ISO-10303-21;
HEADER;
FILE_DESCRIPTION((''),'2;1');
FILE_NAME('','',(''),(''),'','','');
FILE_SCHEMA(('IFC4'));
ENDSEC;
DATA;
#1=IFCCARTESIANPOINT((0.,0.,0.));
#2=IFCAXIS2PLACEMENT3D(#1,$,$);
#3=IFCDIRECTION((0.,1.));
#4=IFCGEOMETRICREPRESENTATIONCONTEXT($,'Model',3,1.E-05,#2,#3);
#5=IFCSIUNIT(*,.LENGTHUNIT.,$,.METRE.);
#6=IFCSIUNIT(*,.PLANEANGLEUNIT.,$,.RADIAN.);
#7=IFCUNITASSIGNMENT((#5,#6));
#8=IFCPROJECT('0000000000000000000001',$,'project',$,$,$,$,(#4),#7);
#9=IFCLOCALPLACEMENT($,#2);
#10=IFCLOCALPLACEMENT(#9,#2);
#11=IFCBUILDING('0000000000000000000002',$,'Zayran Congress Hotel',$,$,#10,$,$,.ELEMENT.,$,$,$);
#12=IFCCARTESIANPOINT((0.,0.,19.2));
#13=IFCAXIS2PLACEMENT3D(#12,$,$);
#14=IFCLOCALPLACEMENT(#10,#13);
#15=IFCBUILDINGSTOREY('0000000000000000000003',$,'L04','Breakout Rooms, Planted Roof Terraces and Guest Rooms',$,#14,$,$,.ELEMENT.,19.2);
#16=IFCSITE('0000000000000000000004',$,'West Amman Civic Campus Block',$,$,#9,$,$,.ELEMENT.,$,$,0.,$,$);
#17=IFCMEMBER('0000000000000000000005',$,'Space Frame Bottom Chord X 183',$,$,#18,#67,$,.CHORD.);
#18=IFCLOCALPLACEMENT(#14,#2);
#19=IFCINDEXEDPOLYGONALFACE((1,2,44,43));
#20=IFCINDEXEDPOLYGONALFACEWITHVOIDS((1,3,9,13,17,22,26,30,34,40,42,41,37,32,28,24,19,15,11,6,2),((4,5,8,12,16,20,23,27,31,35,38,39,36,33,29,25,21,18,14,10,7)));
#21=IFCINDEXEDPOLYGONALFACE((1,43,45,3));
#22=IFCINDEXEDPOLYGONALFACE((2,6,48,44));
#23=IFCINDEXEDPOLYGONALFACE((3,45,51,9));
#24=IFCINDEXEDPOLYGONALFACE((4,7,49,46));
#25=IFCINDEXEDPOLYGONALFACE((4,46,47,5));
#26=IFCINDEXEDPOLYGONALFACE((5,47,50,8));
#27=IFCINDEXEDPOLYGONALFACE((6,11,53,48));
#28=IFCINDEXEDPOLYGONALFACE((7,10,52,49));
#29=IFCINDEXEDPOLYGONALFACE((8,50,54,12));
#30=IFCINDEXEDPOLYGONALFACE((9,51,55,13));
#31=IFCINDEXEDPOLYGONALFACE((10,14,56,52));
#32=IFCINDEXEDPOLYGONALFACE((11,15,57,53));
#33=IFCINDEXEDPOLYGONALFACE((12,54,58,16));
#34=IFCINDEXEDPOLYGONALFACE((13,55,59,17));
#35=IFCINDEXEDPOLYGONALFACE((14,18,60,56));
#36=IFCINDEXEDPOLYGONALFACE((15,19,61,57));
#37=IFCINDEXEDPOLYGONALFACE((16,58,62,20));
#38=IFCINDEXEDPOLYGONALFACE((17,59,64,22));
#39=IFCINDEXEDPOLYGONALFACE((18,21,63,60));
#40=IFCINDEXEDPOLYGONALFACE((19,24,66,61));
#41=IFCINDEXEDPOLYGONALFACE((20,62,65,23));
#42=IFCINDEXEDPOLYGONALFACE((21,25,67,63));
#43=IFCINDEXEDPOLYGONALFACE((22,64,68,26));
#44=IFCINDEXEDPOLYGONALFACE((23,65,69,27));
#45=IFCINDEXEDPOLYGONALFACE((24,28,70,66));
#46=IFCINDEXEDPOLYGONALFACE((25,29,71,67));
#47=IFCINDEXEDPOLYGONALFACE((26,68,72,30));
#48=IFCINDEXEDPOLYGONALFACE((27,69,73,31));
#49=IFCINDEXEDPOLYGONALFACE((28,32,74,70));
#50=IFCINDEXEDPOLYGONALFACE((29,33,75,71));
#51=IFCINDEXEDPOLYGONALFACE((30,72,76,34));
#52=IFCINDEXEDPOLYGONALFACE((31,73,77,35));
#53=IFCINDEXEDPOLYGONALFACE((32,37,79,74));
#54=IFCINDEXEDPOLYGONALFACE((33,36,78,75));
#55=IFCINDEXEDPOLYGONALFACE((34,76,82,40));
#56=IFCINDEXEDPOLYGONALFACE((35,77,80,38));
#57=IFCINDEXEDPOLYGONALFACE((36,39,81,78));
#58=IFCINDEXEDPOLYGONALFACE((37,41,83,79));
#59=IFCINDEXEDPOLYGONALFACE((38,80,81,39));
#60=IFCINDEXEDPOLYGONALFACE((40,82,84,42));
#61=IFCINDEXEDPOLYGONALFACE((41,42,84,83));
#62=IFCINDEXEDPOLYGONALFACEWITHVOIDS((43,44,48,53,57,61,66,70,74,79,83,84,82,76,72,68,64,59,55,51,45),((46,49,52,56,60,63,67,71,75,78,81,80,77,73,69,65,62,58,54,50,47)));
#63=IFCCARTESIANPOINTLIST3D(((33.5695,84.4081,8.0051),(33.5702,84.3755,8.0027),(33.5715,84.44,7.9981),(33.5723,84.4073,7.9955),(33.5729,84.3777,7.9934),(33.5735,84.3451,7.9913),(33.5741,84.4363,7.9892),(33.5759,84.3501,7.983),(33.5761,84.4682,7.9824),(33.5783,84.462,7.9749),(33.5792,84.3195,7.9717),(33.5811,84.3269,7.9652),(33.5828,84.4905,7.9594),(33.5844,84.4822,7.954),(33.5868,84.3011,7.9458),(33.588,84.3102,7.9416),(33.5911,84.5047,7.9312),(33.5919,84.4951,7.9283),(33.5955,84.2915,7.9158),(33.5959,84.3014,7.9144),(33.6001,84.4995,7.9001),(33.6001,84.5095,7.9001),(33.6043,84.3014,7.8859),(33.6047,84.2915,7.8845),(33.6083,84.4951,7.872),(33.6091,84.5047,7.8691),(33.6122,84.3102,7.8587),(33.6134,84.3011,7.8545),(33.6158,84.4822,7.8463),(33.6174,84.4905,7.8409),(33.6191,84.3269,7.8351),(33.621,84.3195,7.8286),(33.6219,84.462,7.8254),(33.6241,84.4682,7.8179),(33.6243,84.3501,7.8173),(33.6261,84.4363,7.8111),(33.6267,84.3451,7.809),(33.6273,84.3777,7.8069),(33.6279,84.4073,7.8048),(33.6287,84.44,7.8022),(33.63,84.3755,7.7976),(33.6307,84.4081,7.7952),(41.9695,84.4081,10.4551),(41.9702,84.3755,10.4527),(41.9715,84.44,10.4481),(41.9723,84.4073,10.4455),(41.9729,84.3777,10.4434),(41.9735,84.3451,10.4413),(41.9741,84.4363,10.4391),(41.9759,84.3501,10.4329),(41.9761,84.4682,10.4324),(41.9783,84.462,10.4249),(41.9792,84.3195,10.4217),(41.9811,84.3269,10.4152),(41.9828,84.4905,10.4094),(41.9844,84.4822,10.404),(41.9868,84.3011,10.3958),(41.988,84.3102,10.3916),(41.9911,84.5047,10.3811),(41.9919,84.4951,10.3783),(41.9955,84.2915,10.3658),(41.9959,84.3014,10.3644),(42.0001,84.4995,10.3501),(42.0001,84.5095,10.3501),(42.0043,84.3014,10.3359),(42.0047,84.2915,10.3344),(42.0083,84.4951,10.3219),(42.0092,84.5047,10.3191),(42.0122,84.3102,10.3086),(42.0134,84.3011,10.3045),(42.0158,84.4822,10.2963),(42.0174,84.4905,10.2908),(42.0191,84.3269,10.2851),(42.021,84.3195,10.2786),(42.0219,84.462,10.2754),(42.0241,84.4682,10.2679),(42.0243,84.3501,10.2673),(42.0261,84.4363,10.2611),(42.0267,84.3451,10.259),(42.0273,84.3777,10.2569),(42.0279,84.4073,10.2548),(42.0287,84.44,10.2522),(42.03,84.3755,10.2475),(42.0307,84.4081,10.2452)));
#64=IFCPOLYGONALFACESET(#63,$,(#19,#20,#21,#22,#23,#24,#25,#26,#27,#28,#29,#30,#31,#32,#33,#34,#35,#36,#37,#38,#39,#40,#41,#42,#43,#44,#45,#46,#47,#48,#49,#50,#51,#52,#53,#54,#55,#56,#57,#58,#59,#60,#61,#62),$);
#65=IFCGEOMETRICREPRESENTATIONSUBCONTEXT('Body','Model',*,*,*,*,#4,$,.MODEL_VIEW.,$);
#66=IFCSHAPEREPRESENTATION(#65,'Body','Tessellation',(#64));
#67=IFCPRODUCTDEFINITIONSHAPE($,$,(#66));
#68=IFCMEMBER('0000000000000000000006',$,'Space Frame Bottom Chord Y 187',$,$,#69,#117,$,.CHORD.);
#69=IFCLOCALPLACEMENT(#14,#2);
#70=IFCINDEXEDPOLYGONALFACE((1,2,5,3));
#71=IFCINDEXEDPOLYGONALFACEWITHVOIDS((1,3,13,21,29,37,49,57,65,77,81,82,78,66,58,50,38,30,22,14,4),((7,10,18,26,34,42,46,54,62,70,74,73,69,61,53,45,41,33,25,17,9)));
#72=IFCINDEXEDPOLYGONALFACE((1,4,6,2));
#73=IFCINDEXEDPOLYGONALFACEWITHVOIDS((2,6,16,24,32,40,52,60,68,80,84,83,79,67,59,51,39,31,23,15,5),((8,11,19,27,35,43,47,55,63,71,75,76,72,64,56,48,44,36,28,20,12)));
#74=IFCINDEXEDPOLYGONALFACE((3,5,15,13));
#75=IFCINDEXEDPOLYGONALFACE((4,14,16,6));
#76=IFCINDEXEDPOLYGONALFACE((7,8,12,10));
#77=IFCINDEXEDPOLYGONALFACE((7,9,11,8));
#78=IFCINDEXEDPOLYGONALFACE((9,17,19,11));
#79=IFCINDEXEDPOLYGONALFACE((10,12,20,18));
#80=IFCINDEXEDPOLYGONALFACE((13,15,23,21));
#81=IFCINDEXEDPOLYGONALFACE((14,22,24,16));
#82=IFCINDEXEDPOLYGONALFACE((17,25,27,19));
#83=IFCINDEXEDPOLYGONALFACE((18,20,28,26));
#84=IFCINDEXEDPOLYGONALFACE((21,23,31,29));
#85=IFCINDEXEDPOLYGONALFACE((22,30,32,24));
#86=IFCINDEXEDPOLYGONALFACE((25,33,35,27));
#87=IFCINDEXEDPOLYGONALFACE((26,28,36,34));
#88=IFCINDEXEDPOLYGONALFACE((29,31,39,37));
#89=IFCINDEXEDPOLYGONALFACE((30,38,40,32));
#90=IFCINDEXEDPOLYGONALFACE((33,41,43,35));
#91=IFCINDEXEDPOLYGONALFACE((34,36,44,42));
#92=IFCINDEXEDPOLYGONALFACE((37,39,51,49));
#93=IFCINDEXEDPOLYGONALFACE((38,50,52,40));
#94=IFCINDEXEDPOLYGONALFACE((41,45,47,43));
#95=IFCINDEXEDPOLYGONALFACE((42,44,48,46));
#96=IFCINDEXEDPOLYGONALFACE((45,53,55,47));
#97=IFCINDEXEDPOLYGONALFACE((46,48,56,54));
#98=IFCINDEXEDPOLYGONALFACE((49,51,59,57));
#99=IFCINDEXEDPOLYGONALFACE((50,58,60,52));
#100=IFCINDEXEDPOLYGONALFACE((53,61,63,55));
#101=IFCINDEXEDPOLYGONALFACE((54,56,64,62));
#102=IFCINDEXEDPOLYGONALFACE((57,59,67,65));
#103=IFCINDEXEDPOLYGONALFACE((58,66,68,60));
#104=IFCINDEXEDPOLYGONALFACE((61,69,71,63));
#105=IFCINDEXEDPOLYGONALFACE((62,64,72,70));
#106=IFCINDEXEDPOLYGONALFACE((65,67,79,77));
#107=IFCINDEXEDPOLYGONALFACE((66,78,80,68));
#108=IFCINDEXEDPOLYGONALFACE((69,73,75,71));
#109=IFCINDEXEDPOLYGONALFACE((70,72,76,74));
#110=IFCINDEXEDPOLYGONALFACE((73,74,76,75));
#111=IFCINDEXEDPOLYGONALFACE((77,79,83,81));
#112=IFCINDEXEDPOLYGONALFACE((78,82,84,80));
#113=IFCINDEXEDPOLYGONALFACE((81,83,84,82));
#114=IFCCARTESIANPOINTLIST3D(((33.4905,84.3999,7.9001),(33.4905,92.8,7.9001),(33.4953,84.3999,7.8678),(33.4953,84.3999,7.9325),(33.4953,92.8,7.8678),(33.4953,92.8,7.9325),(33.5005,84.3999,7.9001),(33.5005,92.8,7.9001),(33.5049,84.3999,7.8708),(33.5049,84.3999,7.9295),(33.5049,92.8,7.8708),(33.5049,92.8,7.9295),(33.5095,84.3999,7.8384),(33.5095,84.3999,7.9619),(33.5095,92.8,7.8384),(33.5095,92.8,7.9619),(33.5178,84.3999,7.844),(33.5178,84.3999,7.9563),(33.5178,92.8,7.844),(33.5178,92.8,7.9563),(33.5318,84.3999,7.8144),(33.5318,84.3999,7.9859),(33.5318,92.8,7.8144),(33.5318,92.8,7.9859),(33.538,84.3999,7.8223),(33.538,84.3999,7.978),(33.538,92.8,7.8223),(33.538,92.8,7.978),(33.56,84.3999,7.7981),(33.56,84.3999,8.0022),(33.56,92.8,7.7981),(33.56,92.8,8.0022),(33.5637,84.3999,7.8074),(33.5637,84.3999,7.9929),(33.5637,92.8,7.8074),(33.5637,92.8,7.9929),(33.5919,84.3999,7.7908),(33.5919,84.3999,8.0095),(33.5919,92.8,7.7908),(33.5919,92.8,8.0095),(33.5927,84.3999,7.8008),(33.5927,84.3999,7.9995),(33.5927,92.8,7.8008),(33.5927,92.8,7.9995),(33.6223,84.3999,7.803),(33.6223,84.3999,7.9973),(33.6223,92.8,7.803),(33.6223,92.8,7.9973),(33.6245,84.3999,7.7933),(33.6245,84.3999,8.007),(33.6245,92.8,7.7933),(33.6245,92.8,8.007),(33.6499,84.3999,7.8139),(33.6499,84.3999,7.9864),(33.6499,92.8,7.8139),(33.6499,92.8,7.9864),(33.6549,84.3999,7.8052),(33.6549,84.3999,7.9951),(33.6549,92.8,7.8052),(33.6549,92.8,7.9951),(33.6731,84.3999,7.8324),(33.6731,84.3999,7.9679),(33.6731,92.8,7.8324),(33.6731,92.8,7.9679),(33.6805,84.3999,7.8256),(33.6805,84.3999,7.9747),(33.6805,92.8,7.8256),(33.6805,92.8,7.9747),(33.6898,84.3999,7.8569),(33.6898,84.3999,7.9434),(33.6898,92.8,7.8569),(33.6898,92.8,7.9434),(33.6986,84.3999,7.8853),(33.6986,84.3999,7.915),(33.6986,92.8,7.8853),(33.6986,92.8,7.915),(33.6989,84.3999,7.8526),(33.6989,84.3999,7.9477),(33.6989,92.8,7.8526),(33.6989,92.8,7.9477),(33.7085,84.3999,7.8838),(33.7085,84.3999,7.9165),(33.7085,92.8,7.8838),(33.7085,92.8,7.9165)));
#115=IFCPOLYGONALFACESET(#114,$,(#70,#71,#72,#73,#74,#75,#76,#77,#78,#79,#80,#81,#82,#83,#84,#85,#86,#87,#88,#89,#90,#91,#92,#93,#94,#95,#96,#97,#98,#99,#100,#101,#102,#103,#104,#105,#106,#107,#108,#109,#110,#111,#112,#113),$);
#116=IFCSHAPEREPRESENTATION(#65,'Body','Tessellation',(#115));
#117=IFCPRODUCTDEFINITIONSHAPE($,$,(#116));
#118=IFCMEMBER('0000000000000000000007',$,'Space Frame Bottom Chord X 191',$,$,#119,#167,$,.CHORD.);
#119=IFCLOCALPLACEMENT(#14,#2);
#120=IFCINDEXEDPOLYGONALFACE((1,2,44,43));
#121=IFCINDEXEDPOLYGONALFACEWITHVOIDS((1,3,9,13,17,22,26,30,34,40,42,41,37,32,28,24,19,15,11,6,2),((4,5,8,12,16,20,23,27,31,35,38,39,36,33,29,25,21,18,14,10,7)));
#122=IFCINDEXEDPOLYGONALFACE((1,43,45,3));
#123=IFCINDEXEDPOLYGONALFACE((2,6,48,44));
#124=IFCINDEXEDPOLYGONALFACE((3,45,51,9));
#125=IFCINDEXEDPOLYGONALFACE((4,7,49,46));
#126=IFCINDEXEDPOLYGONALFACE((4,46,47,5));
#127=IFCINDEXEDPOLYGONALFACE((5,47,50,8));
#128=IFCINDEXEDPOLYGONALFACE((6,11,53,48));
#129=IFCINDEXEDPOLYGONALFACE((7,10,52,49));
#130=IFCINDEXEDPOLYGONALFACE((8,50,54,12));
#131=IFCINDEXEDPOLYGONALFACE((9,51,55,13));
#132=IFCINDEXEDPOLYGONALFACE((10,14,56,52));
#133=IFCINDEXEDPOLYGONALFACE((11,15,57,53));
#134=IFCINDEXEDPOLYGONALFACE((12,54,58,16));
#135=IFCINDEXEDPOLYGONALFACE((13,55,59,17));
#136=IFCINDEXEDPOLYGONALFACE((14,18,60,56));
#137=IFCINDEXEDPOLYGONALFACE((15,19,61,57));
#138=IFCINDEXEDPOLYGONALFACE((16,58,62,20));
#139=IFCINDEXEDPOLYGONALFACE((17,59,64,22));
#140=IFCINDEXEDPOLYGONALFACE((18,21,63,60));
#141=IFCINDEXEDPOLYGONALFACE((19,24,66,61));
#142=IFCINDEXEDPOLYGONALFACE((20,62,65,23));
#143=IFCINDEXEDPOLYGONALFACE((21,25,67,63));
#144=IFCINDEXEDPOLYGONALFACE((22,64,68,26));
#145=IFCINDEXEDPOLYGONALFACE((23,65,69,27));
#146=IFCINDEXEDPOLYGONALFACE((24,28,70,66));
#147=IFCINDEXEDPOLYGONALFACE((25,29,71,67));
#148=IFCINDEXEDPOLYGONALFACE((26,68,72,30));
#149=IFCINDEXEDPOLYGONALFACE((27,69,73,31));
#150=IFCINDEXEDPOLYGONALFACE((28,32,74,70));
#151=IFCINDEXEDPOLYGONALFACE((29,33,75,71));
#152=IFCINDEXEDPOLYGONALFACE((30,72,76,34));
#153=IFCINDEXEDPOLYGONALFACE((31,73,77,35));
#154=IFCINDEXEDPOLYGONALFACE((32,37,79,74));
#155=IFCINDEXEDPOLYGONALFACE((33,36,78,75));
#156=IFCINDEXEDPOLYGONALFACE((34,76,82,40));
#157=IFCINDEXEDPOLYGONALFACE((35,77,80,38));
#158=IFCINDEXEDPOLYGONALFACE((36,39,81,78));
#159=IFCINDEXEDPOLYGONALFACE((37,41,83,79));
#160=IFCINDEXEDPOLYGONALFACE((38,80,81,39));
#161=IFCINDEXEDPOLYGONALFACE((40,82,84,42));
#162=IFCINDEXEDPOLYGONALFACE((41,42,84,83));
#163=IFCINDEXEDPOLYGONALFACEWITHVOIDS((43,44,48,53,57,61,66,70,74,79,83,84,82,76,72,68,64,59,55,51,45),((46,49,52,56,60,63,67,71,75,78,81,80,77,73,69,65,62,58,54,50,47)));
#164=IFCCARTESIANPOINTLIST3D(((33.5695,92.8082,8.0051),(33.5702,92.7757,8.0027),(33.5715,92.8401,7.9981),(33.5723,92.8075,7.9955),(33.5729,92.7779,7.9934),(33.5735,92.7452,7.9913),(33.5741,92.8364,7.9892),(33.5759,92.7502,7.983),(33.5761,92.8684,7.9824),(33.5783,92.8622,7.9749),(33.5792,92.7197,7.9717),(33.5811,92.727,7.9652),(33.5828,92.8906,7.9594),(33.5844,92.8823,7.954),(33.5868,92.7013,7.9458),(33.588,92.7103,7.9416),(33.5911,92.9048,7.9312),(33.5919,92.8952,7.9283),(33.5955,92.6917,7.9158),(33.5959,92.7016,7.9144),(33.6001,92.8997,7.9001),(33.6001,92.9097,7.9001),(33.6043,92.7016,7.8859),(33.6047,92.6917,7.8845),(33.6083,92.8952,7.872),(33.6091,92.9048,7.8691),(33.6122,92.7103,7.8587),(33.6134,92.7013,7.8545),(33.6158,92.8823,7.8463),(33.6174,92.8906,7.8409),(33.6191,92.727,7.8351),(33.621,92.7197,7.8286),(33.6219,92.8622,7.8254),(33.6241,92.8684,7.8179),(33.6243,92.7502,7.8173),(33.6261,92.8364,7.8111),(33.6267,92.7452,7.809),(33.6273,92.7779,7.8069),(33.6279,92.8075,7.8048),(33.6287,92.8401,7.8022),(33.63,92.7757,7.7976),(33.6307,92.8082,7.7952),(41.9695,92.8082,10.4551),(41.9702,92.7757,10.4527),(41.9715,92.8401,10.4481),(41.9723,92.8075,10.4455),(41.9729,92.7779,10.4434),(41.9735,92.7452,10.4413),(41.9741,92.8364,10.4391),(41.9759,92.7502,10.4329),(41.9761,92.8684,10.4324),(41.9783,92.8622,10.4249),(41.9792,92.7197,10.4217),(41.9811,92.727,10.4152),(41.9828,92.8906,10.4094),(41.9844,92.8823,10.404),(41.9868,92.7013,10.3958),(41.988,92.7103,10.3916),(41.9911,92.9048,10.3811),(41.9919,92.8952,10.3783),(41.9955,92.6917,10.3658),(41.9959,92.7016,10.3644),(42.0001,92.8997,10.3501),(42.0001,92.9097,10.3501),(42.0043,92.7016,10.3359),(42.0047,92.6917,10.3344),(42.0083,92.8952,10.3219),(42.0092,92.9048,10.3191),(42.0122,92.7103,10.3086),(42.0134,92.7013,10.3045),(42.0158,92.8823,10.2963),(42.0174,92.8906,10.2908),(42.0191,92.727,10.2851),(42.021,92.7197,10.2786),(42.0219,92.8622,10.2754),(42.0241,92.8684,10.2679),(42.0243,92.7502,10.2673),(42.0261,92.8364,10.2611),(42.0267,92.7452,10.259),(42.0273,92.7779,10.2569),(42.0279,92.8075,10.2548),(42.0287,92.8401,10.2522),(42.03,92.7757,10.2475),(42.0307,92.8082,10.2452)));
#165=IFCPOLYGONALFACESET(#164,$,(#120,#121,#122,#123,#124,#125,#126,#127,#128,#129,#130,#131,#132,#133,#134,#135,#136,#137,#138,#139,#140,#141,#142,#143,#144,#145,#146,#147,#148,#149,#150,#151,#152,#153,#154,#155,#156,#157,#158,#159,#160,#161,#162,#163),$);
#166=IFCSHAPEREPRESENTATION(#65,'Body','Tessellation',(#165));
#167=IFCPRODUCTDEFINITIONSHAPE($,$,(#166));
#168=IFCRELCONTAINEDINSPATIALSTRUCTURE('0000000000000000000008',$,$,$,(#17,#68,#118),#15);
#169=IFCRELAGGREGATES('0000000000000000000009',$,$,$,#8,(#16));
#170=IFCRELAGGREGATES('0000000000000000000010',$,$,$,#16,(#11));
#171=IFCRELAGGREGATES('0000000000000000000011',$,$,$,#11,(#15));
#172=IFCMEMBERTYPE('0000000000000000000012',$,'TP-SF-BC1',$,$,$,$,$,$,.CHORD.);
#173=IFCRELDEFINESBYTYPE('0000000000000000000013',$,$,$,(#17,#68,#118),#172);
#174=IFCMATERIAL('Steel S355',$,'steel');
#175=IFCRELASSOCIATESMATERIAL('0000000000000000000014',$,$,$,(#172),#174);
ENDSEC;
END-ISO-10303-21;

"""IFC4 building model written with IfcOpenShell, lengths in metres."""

from ifc_helpers import new_model, si_unit, direction, frame, origin, origin_2d, place, context, subcontext, project, spatial, hollow_circle, extrude, material, material_profile, profile_set, type_object, element, save


model = new_model("IFC4")

# Units and contexts
model_context = context("Model", 3, precision=1e-05, world=origin(), true_north=direction((0.0, 1.0)))
body_context = subcontext(model_context, "Body", "Model", "MODEL_VIEW")
ifc_project = project(units=[si_unit("LENGTHUNIT", "METRE"), si_unit("PLANEANGLEUNIT", "RADIAN")], contexts=[model_context])

# Site, building, storey
site_placement = place(None, origin())
site = spatial("IfcSite", under=ifc_project, at=site_placement, Name="West Amman Civic Campus Block", CompositionType="ELEMENT", RefElevation=0.0)
building_placement = place(site_placement, origin())
building = spatial("IfcBuilding", under=site, at=building_placement, Name="Zayran Congress Hotel", CompositionType="ELEMENT")
storey_placement = place(building_placement, frame((0.0, 0.0, 19.2)))
storey = spatial("IfcBuildingStorey", under=building, at=storey_placement, Name="L04", Description="Breakout Rooms, Planted Roof Terraces and Guest Rooms", CompositionType="ELEMENT", Elevation=19.2)

# Members
ifc_material_1 = material(Name="Steel S355", Category="steel")
ifc_material_profile_1 = material_profile(ifc_material_1, hollow_circle(Radius=0.1096, WallThickness=0.01, at=origin_2d()), Name="CHS 219.1x10")
ifc_profile_set_1 = profile_set([ifc_material_profile_1], Name="Steel S355")
member_type_1 = type_object("IfcMemberType", Name="TP-SF-BC1", PredefinedType="CHORD", material=ifc_profile_set_1)
member_1_placement = place(storey_placement, frame((33.6001, 84.3999, 7.9001), z_axis=(0.960001, 0.0, 0.279998), x_axis=(0.0, 1.0, 0.0)))
element("IfcMember", 1, at=member_1_placement, inside=storey, type_object=member_type_1, Name="Space Frame Bottom Chord X 183", PredefinedType="CHORD", context=body_context, shape_type="SweptSolid", body=[
    extrude(hollow_circle(Radius=0.1096, WallThickness=0.01, at=origin_2d()), origin(), (0.0, 0.0, 1.0), 8.75),
])
member_2_placement = place(storey_placement, frame((33.6001, 84.3999, 7.9001), z_axis=(0.0, 1.0, 0.0), x_axis=(-1.0, 0.0, 0.0)))
element("IfcMember", 2, at=member_2_placement, inside=storey, type_object=member_type_1, Name="Space Frame Bottom Chord Y 187", PredefinedType="CHORD", context=body_context, shape_type="SweptSolid", body=[
    extrude(hollow_circle(Radius=0.1096, WallThickness=0.01, at=origin_2d()), origin(), (0.0, 0.0, 1.0), 8.4001),
])
member_3_placement = place(storey_placement, frame((33.6001, 92.8, 7.9001), z_axis=(0.960001, 0.0, 0.279998), x_axis=(0.0, 1.0, 0.0)))
element("IfcMember", 3, at=member_3_placement, inside=storey, type_object=member_type_1, Name="Space Frame Bottom Chord X 191", PredefinedType="CHORD", context=body_context, shape_type="SweptSolid", body=[
    extrude(hollow_circle(Radius=0.1096, WallThickness=0.01, at=origin_2d()), origin(), (0.0, 0.0, 1.0), 8.75),
])

save(model, "model.ifc")
